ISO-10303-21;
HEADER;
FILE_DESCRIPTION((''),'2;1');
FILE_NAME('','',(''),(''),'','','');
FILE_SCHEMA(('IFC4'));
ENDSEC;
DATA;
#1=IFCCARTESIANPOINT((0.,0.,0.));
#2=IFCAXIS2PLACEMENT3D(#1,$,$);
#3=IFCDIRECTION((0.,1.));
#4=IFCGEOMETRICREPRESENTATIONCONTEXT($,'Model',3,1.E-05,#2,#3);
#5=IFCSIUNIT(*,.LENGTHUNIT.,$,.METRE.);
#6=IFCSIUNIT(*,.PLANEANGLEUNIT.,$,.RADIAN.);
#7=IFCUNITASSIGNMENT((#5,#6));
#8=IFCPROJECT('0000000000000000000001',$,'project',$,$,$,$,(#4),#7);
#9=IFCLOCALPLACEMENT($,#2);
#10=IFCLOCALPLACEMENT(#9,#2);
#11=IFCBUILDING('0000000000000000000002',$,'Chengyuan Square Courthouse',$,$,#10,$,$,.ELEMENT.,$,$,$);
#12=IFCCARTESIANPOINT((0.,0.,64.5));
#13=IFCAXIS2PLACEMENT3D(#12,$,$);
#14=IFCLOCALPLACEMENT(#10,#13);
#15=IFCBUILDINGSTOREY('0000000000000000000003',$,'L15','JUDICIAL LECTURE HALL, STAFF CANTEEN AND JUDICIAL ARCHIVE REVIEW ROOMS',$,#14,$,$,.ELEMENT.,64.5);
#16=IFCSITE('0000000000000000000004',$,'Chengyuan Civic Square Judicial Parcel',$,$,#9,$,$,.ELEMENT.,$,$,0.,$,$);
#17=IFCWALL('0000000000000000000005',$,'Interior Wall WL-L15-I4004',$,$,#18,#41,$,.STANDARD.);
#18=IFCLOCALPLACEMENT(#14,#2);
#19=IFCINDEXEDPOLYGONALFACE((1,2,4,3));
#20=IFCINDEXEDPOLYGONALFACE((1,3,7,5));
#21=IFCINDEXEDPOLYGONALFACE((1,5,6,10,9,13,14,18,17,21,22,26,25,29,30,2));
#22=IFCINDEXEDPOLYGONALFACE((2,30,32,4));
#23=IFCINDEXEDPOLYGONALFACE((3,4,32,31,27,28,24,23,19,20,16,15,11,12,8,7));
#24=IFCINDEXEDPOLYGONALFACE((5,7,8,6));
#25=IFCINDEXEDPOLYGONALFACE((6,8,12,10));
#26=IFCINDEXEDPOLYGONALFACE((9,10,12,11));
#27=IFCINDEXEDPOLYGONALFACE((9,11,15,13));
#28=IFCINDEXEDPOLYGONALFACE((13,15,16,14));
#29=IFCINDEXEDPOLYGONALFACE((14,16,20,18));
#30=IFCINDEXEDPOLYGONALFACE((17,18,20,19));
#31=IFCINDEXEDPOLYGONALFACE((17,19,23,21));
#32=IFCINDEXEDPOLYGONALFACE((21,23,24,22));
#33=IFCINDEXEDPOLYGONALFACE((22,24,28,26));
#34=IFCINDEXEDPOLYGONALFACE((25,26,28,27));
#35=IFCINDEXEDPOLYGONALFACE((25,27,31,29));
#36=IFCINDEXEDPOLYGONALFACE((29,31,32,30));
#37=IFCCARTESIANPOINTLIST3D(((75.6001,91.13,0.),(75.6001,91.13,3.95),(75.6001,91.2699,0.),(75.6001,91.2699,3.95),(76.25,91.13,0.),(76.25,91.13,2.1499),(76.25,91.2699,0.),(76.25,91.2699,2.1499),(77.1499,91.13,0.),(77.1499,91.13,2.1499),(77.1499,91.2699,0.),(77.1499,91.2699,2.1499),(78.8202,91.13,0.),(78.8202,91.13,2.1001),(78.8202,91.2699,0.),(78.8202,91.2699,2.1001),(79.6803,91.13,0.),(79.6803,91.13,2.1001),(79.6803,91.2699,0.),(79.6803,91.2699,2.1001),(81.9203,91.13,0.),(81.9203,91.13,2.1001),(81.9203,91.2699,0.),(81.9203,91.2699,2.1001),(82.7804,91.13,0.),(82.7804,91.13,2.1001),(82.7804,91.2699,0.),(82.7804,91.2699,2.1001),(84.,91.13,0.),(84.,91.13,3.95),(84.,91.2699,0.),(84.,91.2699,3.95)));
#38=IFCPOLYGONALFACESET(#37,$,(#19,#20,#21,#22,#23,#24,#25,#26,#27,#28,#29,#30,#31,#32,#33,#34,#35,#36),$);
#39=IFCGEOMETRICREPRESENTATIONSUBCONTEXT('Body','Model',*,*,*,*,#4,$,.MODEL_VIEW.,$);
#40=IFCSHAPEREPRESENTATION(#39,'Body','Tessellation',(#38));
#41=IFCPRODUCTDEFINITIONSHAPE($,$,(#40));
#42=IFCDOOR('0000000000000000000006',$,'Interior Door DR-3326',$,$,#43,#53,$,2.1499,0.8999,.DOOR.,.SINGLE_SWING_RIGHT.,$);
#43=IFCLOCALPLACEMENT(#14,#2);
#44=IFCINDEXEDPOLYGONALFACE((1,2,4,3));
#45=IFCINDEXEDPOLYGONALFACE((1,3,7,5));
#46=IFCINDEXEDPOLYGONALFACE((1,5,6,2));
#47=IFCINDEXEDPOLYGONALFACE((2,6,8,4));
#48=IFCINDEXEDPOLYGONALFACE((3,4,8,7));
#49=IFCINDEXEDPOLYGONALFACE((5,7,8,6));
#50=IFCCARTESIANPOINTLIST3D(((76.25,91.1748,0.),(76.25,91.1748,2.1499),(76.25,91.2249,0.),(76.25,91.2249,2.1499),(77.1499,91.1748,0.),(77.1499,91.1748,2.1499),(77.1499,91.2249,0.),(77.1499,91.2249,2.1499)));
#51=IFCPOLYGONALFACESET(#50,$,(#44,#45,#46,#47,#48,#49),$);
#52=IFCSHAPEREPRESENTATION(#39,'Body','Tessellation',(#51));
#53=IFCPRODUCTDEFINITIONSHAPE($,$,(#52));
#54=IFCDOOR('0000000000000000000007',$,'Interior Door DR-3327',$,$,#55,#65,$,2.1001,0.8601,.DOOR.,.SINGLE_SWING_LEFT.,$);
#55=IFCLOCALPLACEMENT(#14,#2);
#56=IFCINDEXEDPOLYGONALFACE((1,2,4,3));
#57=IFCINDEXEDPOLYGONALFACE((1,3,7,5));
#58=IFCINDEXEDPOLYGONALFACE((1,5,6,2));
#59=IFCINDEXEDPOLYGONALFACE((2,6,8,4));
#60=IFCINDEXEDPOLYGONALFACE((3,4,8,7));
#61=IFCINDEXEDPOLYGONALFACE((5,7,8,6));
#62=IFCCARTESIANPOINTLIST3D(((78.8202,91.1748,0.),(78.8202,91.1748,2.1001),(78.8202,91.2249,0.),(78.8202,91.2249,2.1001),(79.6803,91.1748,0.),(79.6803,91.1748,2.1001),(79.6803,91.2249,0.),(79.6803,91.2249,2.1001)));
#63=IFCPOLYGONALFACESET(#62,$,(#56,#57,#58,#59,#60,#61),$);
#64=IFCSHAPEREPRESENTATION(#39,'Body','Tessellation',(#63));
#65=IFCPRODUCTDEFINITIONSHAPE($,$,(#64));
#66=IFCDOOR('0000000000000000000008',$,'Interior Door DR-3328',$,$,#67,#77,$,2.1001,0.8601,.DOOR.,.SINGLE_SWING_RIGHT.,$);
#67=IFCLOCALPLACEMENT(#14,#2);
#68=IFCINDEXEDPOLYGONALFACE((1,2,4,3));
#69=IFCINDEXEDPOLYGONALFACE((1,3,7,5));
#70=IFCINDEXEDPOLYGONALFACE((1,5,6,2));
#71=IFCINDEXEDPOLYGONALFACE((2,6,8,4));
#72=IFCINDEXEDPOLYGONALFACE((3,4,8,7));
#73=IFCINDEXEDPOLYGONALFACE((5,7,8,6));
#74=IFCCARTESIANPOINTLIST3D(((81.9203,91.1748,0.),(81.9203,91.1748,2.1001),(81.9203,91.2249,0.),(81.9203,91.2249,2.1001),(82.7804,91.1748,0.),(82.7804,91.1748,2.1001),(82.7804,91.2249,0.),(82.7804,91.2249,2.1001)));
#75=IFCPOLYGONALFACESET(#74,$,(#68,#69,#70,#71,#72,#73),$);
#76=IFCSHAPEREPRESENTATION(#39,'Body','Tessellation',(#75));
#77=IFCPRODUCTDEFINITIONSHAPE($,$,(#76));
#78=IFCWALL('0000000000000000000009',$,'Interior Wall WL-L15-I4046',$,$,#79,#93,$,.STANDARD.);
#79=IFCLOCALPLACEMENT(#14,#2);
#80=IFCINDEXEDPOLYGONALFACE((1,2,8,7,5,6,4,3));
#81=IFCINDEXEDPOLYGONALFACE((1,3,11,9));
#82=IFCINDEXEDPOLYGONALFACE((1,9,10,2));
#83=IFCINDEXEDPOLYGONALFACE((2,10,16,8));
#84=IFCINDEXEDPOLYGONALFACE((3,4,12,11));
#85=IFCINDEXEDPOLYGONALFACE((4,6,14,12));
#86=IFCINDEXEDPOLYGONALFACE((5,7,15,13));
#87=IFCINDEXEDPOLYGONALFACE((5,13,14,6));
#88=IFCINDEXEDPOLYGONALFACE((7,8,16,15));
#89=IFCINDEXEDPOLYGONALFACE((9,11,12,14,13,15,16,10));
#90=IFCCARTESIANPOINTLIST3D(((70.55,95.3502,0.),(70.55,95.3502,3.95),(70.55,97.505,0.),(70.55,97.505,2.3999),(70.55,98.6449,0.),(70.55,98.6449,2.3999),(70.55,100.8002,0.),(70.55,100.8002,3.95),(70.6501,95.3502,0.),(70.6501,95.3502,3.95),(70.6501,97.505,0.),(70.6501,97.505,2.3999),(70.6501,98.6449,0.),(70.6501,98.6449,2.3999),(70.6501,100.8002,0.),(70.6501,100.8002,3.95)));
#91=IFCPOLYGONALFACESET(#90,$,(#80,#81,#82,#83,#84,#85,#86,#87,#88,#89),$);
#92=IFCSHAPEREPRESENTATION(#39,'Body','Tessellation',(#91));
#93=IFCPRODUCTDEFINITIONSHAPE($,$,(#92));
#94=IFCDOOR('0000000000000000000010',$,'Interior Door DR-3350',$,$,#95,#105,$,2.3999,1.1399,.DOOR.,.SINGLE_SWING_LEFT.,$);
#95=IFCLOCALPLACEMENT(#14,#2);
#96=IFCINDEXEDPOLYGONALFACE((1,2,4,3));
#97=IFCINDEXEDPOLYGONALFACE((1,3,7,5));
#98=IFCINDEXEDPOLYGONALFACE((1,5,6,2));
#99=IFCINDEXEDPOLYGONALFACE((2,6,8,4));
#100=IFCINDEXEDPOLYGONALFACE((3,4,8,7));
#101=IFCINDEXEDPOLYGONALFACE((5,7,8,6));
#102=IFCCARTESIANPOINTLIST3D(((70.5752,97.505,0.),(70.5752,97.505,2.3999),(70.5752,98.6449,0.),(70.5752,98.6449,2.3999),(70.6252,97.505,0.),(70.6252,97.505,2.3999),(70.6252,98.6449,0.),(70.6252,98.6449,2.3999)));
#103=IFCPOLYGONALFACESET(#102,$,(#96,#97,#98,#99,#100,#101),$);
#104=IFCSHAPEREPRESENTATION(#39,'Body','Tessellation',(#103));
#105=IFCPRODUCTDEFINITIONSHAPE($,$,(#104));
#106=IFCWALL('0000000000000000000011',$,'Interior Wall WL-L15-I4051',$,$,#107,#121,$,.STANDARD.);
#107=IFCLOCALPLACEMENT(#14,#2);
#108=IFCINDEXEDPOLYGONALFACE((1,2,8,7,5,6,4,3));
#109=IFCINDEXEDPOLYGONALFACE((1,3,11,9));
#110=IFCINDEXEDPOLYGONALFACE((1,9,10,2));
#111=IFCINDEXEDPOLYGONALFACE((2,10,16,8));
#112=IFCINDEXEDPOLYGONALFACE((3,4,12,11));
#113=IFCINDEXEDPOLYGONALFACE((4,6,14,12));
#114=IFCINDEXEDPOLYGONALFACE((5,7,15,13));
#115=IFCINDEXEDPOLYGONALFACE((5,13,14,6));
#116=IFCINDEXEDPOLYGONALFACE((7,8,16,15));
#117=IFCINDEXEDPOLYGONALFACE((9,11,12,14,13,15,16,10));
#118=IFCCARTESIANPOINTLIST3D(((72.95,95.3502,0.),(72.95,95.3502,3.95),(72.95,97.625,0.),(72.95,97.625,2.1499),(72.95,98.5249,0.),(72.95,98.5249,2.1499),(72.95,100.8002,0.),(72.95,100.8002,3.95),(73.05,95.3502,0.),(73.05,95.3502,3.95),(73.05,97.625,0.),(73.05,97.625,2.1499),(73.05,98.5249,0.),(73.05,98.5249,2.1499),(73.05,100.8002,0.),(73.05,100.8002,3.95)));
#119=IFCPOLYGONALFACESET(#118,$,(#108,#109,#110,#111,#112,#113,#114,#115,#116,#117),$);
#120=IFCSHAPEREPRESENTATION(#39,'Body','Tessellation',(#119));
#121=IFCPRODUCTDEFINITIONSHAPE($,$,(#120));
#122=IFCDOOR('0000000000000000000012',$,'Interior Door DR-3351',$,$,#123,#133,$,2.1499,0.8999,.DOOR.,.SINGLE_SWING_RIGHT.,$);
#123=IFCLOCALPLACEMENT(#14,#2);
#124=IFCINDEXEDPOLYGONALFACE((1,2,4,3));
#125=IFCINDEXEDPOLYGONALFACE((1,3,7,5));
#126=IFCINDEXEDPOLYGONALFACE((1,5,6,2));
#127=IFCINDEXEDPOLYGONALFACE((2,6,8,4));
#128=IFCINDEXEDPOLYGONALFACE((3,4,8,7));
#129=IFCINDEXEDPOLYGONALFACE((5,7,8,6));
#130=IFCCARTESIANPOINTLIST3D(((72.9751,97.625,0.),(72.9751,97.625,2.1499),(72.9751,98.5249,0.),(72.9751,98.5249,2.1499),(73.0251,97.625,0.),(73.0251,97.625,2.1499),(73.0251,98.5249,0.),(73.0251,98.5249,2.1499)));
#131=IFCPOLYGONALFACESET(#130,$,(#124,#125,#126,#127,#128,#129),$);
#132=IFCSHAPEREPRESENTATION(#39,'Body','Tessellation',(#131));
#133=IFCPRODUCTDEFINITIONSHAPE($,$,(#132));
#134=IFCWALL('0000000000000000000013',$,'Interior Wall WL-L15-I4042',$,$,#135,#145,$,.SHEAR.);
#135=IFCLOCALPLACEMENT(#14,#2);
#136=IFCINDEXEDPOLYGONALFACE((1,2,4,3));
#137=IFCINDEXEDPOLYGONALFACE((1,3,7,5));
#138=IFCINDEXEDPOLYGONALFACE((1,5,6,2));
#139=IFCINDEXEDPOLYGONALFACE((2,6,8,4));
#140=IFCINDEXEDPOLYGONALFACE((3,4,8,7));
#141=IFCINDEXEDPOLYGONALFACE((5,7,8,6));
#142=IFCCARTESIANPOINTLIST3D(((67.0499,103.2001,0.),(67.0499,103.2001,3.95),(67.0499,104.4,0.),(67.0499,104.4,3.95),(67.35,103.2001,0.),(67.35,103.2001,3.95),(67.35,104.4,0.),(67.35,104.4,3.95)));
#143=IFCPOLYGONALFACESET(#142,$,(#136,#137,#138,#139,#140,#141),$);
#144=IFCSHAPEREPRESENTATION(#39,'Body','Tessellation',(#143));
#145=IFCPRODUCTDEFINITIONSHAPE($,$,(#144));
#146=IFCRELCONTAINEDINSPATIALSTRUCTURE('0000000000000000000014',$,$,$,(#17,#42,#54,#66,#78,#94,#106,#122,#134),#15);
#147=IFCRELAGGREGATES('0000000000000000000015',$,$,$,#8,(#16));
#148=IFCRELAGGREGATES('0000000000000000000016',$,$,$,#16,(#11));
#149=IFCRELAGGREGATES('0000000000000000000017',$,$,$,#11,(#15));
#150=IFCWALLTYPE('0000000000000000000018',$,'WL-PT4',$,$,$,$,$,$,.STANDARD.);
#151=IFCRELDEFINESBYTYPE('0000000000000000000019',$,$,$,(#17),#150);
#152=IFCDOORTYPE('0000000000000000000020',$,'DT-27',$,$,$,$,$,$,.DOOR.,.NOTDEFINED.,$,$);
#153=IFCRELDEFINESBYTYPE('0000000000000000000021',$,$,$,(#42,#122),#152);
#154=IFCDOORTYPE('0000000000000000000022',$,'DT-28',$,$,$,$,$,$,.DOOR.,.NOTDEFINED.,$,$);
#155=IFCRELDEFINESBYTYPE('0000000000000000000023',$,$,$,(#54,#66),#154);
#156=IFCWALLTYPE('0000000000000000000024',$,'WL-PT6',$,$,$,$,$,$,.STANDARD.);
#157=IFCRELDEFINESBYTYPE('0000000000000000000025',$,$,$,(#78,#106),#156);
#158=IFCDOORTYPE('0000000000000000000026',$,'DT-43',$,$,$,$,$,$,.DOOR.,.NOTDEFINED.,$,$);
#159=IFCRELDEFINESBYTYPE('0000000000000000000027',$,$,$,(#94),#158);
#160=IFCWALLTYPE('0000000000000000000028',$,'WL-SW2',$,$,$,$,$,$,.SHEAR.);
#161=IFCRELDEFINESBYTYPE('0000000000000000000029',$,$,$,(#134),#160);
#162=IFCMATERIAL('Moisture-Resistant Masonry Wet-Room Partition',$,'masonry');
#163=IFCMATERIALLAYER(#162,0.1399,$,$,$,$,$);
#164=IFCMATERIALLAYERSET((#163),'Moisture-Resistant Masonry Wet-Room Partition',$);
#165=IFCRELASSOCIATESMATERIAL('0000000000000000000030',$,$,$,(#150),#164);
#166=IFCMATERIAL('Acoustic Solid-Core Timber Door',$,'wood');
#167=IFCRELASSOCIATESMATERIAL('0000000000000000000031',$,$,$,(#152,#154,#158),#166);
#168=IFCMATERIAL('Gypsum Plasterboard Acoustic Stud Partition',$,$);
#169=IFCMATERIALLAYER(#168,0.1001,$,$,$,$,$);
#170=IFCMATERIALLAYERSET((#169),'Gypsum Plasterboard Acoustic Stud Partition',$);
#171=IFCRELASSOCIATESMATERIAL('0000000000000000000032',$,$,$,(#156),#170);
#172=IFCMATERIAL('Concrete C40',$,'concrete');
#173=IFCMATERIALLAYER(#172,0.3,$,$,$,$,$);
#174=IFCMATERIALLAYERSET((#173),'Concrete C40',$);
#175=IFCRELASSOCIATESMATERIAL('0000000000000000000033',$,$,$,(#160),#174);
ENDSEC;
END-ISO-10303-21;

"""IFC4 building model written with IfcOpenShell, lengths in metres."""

from ifc_helpers import new_model, si_unit, direction, frame, frame_2d, origin, place, context, subcontext, project, spatial, rectangle, extrude, material, layer, layer_set, type_object, element, fill, save


model = new_model("IFC4")

# Units and contexts
model_context = context("Model", 3, precision=1e-05, world=origin(), true_north=direction((0.0, 1.0)))
body_context = subcontext(model_context, "Body", "Model", "MODEL_VIEW")
ifc_project = project(units=[si_unit("LENGTHUNIT", "METRE"), si_unit("PLANEANGLEUNIT", "RADIAN")], contexts=[model_context])

# Site, building, storey
site_placement = place(None, origin())
site = spatial("IfcSite", under=ifc_project, at=site_placement, Name="Chengyuan Civic Square Judicial Parcel", CompositionType="ELEMENT", RefElevation=0.0)
building_placement = place(site_placement, origin())
building = spatial("IfcBuilding", under=site, at=building_placement, Name="Chengyuan Square Courthouse", CompositionType="ELEMENT")
storey_placement = place(building_placement, frame((0.0, 0.0, 64.5)))
storey = spatial("IfcBuildingStorey", under=building, at=storey_placement, Name="L15", Description="JUDICIAL LECTURE HALL, STAFF CANTEEN AND JUDICIAL ARCHIVE REVIEW ROOMS", CompositionType="ELEMENT", Elevation=64.5)

# Shared definitions
ifc_material_1 = material(Name="Concrete C40", Category="concrete")

# Wall, openings, doors
ifc_material_2 = material(Name="Moisture-Resistant Masonry Wet-Room Partition", Category="masonry")
ifc_layer_1 = layer(ifc_material_2, 0.1399)
ifc_layer_set_1 = layer_set([ifc_layer_1], Name="Moisture-Resistant Masonry Wet-Room Partition")
wall_type_1 = type_object("IfcWallType", Name="WL-PT4", PredefinedType="STANDARD", material=ifc_layer_set_1)
wall_1_placement = place(storey_placement, frame((75.6001, 91.2, 0.0), z_axis=(0.0, 0.0, 1.0), x_axis=(1.0, 0.0, 0.0)))
wall_1 = element("IfcWall", 1, at=wall_1_placement, inside=storey, type_object=wall_type_1, Name="Interior Wall WL-L15-I4004", PredefinedType="STANDARD", context=body_context, shape_type="SweptSolid", body=[
    extrude(rectangle(XDim=8.3999, YDim=0.1399, at=frame_2d((4.2, 0.0))), origin(), (0.0, 0.0, 1.0), 3.95),
])
opening_1_placement = place(wall_1_placement, frame((0.6499, 0.0, 0.0)))
opening_1 = element("IfcOpeningElement", 2, at=opening_1_placement, cuts=wall_1, PredefinedType="OPENING", context=body_context, shape_type="SweptSolid", body=[
    extrude(rectangle(XDim=0.8999, YDim=2.1499, at=frame_2d((0.45, 1.075))), frame((0.0, 0.082, 0.0), z_axis=(0.0, -1.0, 0.0), x_axis=(1.0, 0.0, 0.0)), (0.0, 0.0, 1.0), 0.1638),
])
opening_2_placement = place(wall_1_placement, frame((3.22, 0.0, 0.0)))
opening_2 = element("IfcOpeningElement", 3, at=opening_2_placement, cuts=wall_1, PredefinedType="OPENING", context=body_context, shape_type="SweptSolid", body=[
    extrude(rectangle(XDim=0.8601, YDim=2.1001, at=frame_2d((0.4302, 1.05))), frame((0.0, 0.082, 0.0), z_axis=(0.0, -1.0, 0.0), x_axis=(1.0, 0.0, 0.0)), (0.0, 0.0, 1.0), 0.1638),
])
opening_3_placement = place(wall_1_placement, frame((6.3201, 0.0, 0.0)))
opening_3 = element("IfcOpeningElement", 4, at=opening_3_placement, cuts=wall_1, PredefinedType="OPENING", context=body_context, shape_type="SweptSolid", body=[
    extrude(rectangle(XDim=0.8601, YDim=2.1001, at=frame_2d((0.4302, 1.05))), frame((0.0, 0.082, 0.0), z_axis=(0.0, -1.0, 0.0), x_axis=(1.0, 0.0, 0.0)), (0.0, 0.0, 1.0), 0.1638),
])
ifc_material_3 = material(Name="Acoustic Solid-Core Timber Door", Category="wood")
door_type_1 = type_object("IfcDoorType", Name="DT-27", OperationType="NOTDEFINED", PredefinedType="DOOR", material=ifc_material_3)
door_1_placement = place(opening_1_placement, origin())
door_1 = element("IfcDoor", 5, at=door_1_placement, inside=storey, type_object=door_type_1, Name="Interior Door DR-3326", OperationType="SINGLE_SWING_RIGHT", OverallHeight=2.1499, OverallWidth=0.8999, PredefinedType="DOOR", context=body_context, shape_type="SweptSolid", body=[
    extrude(rectangle(XDim=0.8999, YDim=2.1499, at=frame_2d((0.45, 1.075))), frame((0.0, 0.0249, 0.0), z_axis=(0.0, -1.0, 0.0), x_axis=(1.0, 0.0, 0.0)), (0.0, 0.0, 1.0), 0.05),
])
fill(opening_1, door_1)
door_type_2 = type_object("IfcDoorType", Name="DT-28", OperationType="NOTDEFINED", PredefinedType="DOOR", material=ifc_material_3)
door_2_placement = place(opening_2_placement, origin())
door_2 = element("IfcDoor", 6, at=door_2_placement, inside=storey, type_object=door_type_2, Name="Interior Door DR-3327", OperationType="SINGLE_SWING_LEFT", OverallHeight=2.1001, OverallWidth=0.8601, PredefinedType="DOOR", context=body_context, shape_type="SweptSolid", body=[
    extrude(rectangle(XDim=0.8601, YDim=2.1001, at=frame_2d((0.4302, 1.05))), frame((0.0, 0.0249, 0.0), z_axis=(0.0, -1.0, 0.0), x_axis=(1.0, 0.0, 0.0)), (0.0, 0.0, 1.0), 0.05),
])
fill(opening_2, door_2)
door_3_placement = place(opening_3_placement, origin())
door_3 = element("IfcDoor", 7, at=door_3_placement, inside=storey, type_object=door_type_2, Name="Interior Door DR-3328", OperationType="SINGLE_SWING_RIGHT", OverallHeight=2.1001, OverallWidth=0.8601, PredefinedType="DOOR", context=body_context, shape_type="SweptSolid", body=[
    extrude(rectangle(XDim=0.8601, YDim=2.1001, at=frame_2d((0.4302, 1.05))), frame((0.0, 0.0249, 0.0), z_axis=(0.0, -1.0, 0.0), x_axis=(1.0, 0.0, 0.0)), (0.0, 0.0, 1.0), 0.05),
])
fill(opening_3, door_3)
ifc_material_4 = material(Name="Gypsum Plasterboard Acoustic Stud Partition")
ifc_layer_2 = layer(ifc_material_4, 0.1001)
ifc_layer_set_2 = layer_set([ifc_layer_2], Name="Gypsum Plasterboard Acoustic Stud Partition")
wall_type_2 = type_object("IfcWallType", Name="WL-PT6", PredefinedType="STANDARD", material=ifc_layer_set_2)
door_type_3 = type_object("IfcDoorType", Name="DT-43", OperationType="NOTDEFINED", PredefinedType="DOOR", material=ifc_material_3)

# Walls, openings, doors
wall_2_placement = place(storey_placement, frame((70.6001, 95.3501, 0.0), z_axis=(0.0, 0.0, 1.0), x_axis=(0.0, 1.0, 0.0)))
wall_2 = element("IfcWall", 8, at=wall_2_placement, inside=storey, type_object=wall_type_2, Name="Interior Wall WL-L15-I4046", PredefinedType="STANDARD", context=body_context, shape_type="SweptSolid", body=[
    extrude(rectangle(XDim=5.45, YDim=0.1001, at=frame_2d((2.7251, 0.0))), origin(), (0.0, 0.0, 1.0), 3.95),
])
opening_4_placement = place(wall_2_placement, frame((2.155, 0.0, 0.0)))
opening_4 = element("IfcOpeningElement", 9, at=opening_4_placement, cuts=wall_2, PredefinedType="OPENING", context=body_context, shape_type="SweptSolid", body=[
    extrude(rectangle(XDim=1.1399, YDim=2.3999, at=frame_2d((0.5698, 1.2))), frame((0.0, 0.062, 0.0), z_axis=(0.0, -1.0, 0.0), x_axis=(1.0, 0.0, 0.0)), (0.0, 0.0, 1.0), 0.124),
])
door_4_placement = place(opening_4_placement, origin())
door_4 = element("IfcDoor", 10, at=door_4_placement, inside=storey, type_object=door_type_3, Name="Interior Door DR-3350", OperationType="SINGLE_SWING_LEFT", OverallHeight=2.3999, OverallWidth=1.1399, PredefinedType="DOOR", context=body_context, shape_type="SweptSolid", body=[
    extrude(rectangle(XDim=1.1399, YDim=2.3999, at=frame_2d((0.5698, 1.2))), frame((0.0, 0.0249, 0.0), z_axis=(0.0, -1.0, 0.0), x_axis=(1.0, 0.0, 0.0)), (0.0, 0.0, 1.0), 0.05),
])
fill(opening_4, door_4)
wall_3_placement = place(storey_placement, frame((73.0, 95.3501, 0.0), z_axis=(0.0, 0.0, 1.0), x_axis=(0.0, 1.0, 0.0)))
wall_3 = element("IfcWall", 11, at=wall_3_placement, inside=storey, type_object=wall_type_2, Name="Interior Wall WL-L15-I4051", PredefinedType="STANDARD", context=body_context, shape_type="SweptSolid", body=[
    extrude(rectangle(XDim=5.45, YDim=0.1001, at=frame_2d((2.7251, 0.0))), origin(), (0.0, 0.0, 1.0), 3.95),
])
opening_5_placement = place(wall_3_placement, frame((2.2749, 0.0, 0.0)))
opening_5 = element("IfcOpeningElement", 12, at=opening_5_placement, cuts=wall_3, PredefinedType="OPENING", context=body_context, shape_type="SweptSolid", body=[
    extrude(rectangle(XDim=0.8999, YDim=2.1499, at=frame_2d((0.45, 1.075))), frame((0.0, 0.062, 0.0), z_axis=(0.0, -1.0, 0.0), x_axis=(1.0, 0.0, 0.0)), (0.0, 0.0, 1.0), 0.124),
])
door_5_placement = place(opening_5_placement, origin())
door_5 = element("IfcDoor", 13, at=door_5_placement, inside=storey, type_object=door_type_1, Name="Interior Door DR-3351", OperationType="SINGLE_SWING_RIGHT", OverallHeight=2.1499, OverallWidth=0.8999, PredefinedType="DOOR", context=body_context, shape_type="SweptSolid", body=[
    extrude(rectangle(XDim=0.8999, YDim=2.1499, at=frame_2d((0.45, 1.075))), frame((0.0, 0.0249, 0.0), z_axis=(0.0, -1.0, 0.0), x_axis=(1.0, 0.0, 0.0)), (0.0, 0.0, 1.0), 0.05),
])
fill(opening_5, door_5)

# Wall
ifc_layer_3 = layer(ifc_material_1, 0.3)
ifc_layer_set_3 = layer_set([ifc_layer_3], Name="Concrete C40")
wall_type_3 = type_object("IfcWallType", Name="WL-SW2", PredefinedType="SHEAR", material=ifc_layer_set_3)
wall_4_placement = place(storey_placement, frame((67.2, 103.2, 0.0), z_axis=(0.0, 0.0, 1.0), x_axis=(0.0, 1.0, 0.0)))
element("IfcWall", 14, at=wall_4_placement, inside=storey, type_object=wall_type_3, Name="Interior Wall WL-L15-I4042", PredefinedType="SHEAR", context=body_context, shape_type="SweptSolid", body=[
    extrude(rectangle(XDim=1.2, YDim=0.3, at=frame_2d((0.6001, 0.0))), origin(), (0.0, 0.0, 1.0), 3.95),
])

save(model, "model.ifc")
